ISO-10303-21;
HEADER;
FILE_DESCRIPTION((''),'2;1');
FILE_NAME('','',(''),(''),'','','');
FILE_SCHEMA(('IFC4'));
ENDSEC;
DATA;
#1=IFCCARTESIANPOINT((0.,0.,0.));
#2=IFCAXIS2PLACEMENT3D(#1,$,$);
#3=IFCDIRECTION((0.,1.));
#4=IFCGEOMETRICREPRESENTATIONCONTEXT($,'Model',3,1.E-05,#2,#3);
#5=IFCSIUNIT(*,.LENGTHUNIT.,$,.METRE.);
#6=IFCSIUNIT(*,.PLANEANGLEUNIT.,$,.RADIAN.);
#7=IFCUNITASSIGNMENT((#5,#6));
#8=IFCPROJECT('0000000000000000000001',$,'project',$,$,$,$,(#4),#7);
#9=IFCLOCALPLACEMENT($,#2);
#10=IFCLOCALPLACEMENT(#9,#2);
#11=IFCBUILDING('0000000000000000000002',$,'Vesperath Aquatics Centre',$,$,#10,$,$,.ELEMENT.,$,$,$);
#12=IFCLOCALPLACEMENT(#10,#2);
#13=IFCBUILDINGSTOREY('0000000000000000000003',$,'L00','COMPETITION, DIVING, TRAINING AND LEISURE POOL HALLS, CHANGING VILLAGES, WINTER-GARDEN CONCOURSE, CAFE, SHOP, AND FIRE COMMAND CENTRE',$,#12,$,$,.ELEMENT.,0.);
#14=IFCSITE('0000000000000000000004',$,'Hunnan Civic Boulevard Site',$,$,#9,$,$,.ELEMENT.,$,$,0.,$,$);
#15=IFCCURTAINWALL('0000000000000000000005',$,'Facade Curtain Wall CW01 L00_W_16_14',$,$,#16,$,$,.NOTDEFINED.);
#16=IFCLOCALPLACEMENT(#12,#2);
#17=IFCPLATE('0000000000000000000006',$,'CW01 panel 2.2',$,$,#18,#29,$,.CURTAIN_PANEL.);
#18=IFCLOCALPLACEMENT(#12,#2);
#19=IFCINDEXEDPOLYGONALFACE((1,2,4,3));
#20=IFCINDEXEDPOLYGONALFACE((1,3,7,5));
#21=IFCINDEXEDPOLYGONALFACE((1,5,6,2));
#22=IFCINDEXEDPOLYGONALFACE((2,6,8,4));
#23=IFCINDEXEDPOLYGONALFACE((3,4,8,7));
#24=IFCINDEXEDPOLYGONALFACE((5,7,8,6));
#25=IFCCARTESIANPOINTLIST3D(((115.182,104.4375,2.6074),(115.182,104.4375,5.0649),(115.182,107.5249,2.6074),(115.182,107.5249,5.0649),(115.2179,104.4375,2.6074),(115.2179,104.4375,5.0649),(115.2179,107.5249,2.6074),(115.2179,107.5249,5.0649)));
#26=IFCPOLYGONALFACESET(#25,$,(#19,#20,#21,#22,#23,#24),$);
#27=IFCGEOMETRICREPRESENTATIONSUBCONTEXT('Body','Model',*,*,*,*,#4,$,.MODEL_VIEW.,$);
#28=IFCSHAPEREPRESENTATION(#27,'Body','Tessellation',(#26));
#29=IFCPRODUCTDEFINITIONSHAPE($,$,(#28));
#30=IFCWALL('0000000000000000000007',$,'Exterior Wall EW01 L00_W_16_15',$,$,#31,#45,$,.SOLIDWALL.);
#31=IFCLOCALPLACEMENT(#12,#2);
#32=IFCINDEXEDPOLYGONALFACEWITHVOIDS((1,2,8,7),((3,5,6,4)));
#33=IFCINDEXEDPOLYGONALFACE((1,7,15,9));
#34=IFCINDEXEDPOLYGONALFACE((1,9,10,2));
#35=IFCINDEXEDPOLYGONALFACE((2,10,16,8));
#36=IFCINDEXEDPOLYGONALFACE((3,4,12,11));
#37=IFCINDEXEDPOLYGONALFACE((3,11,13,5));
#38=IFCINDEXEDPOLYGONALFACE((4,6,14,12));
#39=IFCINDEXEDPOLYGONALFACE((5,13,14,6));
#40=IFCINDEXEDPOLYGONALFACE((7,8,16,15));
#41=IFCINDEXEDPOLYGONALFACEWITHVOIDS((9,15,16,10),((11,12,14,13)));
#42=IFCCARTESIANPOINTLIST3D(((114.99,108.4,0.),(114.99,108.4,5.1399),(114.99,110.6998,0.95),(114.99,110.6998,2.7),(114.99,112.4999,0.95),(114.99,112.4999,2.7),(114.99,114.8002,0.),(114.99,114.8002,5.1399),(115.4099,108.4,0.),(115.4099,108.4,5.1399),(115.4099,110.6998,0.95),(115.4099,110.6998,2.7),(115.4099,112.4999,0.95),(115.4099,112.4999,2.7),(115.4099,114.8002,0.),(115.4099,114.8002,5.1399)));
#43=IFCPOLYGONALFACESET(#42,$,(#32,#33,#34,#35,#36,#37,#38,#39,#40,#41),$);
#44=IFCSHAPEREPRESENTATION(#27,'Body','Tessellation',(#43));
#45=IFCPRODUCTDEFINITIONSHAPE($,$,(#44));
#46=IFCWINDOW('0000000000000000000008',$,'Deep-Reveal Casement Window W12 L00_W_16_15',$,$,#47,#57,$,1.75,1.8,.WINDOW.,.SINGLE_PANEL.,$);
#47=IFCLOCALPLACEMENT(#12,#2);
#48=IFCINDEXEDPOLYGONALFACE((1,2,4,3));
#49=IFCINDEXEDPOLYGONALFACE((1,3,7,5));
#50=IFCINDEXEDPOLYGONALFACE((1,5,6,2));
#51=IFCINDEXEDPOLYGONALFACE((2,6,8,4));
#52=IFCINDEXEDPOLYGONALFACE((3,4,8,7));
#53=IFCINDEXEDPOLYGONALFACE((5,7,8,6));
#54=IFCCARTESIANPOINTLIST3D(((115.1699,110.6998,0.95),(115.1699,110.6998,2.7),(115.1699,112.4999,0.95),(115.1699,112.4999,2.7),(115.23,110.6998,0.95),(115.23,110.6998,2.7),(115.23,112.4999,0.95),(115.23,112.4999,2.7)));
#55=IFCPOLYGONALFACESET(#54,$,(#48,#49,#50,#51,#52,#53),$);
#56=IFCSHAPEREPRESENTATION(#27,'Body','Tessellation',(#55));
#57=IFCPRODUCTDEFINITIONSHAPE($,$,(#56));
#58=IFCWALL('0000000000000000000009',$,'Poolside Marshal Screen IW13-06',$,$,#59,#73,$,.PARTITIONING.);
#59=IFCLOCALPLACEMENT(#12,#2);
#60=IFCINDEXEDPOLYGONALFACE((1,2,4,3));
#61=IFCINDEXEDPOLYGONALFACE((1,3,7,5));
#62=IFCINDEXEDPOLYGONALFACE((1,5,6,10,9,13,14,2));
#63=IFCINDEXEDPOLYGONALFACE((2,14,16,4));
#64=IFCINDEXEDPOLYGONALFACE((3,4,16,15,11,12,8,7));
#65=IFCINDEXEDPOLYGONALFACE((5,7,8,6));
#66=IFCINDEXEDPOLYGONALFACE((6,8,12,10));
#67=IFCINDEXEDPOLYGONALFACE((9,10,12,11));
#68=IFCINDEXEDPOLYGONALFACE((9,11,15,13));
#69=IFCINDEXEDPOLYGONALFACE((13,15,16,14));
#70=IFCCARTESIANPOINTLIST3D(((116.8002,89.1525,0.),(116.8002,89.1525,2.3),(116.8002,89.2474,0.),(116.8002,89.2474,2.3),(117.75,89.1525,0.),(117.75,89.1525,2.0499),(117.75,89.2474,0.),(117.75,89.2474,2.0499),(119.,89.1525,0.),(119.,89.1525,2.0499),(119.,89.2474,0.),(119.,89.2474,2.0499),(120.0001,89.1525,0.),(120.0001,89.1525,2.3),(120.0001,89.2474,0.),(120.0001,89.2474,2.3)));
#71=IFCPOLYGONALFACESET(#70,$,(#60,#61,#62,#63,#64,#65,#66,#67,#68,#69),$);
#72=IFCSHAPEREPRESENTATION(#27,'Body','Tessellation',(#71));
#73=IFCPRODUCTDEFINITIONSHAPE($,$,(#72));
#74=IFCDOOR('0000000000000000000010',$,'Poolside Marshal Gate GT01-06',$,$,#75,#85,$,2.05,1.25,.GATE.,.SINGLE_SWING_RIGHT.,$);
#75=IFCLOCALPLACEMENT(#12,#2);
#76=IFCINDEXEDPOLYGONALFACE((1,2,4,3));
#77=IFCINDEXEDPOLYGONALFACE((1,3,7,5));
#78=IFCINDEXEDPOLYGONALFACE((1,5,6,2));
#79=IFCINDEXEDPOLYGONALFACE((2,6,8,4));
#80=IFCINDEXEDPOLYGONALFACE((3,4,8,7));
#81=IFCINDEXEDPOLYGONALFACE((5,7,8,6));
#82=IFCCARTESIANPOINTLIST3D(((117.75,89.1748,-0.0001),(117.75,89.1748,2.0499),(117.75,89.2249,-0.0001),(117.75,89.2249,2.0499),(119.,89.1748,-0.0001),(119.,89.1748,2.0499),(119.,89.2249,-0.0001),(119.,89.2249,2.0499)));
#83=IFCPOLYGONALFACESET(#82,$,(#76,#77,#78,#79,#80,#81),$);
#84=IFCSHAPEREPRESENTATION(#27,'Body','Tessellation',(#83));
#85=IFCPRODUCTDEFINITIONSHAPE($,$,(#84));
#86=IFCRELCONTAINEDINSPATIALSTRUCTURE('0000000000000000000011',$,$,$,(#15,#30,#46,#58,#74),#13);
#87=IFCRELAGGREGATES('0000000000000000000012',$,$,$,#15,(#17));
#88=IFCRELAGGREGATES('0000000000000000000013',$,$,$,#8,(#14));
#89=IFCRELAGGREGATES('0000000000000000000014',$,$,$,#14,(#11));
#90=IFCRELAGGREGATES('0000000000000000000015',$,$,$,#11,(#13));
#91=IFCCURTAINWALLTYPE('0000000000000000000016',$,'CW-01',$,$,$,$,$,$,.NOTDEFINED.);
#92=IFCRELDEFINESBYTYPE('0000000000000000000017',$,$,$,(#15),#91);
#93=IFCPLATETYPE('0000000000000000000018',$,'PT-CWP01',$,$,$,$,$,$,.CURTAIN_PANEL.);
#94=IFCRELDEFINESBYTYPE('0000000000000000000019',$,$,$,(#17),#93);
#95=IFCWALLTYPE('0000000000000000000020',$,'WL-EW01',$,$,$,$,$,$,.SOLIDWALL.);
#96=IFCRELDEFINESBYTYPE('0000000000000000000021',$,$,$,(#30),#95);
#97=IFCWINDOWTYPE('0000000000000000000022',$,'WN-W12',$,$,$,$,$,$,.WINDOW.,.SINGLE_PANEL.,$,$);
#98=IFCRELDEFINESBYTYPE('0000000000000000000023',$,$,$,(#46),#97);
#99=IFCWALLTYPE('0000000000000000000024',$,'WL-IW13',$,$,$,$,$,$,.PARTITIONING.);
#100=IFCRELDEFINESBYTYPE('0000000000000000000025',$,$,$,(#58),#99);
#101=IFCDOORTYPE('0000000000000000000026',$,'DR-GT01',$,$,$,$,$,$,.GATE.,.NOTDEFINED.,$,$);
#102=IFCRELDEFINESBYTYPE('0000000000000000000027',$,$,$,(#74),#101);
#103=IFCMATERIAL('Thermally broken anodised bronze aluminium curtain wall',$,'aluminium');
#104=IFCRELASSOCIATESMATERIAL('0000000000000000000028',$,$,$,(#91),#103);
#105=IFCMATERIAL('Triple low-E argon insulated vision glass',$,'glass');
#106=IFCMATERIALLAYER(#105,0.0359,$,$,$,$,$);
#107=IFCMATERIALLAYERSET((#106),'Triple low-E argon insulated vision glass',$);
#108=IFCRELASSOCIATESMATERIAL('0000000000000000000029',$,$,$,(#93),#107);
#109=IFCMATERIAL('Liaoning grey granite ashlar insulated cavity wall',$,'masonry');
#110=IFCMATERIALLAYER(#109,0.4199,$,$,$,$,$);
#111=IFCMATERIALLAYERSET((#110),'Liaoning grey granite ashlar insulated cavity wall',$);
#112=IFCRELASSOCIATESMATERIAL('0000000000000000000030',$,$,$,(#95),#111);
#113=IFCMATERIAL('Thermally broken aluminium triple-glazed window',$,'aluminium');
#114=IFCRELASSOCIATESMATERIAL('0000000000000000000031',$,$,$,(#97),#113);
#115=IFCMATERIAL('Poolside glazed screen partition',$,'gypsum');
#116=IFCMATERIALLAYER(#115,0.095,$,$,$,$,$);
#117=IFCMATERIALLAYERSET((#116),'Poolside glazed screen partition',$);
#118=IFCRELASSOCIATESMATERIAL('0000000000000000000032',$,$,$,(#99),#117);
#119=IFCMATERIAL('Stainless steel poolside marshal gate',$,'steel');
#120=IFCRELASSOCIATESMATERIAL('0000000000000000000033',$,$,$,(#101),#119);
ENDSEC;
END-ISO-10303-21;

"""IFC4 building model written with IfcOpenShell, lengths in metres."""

from ifc_helpers import new_model, si_unit, direction, frame, frame_2d, origin, origin_2d, place, context, subcontext, project, spatial, rectangle, extrude, material, layer, layer_set, type_object, element, fill, aggregate, save


model = new_model("IFC4")

# Units and contexts
model_context = context("Model", 3, precision=1e-05, world=origin(), true_north=direction((0.0, 1.0)))
body_context = subcontext(model_context, "Body", "Model", "MODEL_VIEW")
ifc_project = project(units=[si_unit("LENGTHUNIT", "METRE"), si_unit("PLANEANGLEUNIT", "RADIAN")], contexts=[model_context])

# Site, building, storey
site_placement = place(None, origin())
site = spatial("IfcSite", under=ifc_project, at=site_placement, Name="Hunnan Civic Boulevard Site", CompositionType="ELEMENT", RefElevation=0.0)
building_placement = place(site_placement, origin())
building = spatial("IfcBuilding", under=site, at=building_placement, Name="Vesperath Aquatics Centre", CompositionType="ELEMENT")
storey_placement = place(building_placement, origin())
storey = spatial("IfcBuildingStorey", under=building, at=storey_placement, Name="L00", Description="COMPETITION, DIVING, TRAINING AND LEISURE POOL HALLS, CHANGING VILLAGES, WINTER-GARDEN CONCOURSE, CAFE, SHOP, AND FIRE COMMAND CENTRE", CompositionType="ELEMENT", Elevation=0.0)

# Shared definitions
ifc_material_1 = material(Name="Thermally broken anodised bronze aluminium curtain wall", Category="aluminium")
curtain_wall_type = type_object("IfcCurtainWallType", Name="CW-01", PredefinedType="NOTDEFINED", material=ifc_material_1)

# Curtain wall
curtain_wall_1_placement = place(storey_placement, origin())
curtain_wall_1 = element("IfcCurtainWall", 1, at=curtain_wall_1_placement, inside=storey, type_object=curtain_wall_type, Name="Facade Curtain Wall CW01 L00_W_16_14", PredefinedType="NOTDEFINED")

# Plate
ifc_material_2 = material(Name="Triple low-E argon insulated vision glass", Category="glass")
ifc_layer_1 = layer(ifc_material_2, 0.0359)
ifc_layer_set_1 = layer_set([ifc_layer_1], Name="Triple low-E argon insulated vision glass")
plate_type = type_object("IfcPlateType", Name="PT-CWP01", PredefinedType="CURTAIN_PANEL", material=ifc_layer_set_1)
plate_1_placement = place(storey_placement, frame((115.2, 105.9812, 2.6074), z_axis=(0.0, 0.0, 1.0), x_axis=(0.0, 1.0, 0.0)))
plate_1 = element("IfcPlate", 2, at=plate_1_placement, type_object=plate_type, Name="CW01 panel 2.2", PredefinedType="CURTAIN_PANEL", context=body_context, shape_type="SweptSolid", body=[
    extrude(rectangle(XDim=3.0874, YDim=0.0359, at=origin_2d()), origin(), (0.0, 0.0, 1.0), 2.4575),
])
aggregate(curtain_wall_1, [plate_1])

# Wall, opening, window
ifc_material_3 = material(Name="Liaoning grey granite ashlar insulated cavity wall", Category="masonry")
ifc_layer_2 = layer(ifc_material_3, 0.4199)
ifc_layer_set_2 = layer_set([ifc_layer_2], Name="Liaoning grey granite ashlar insulated cavity wall")
wall_type_1 = type_object("IfcWallType", Name="WL-EW01", PredefinedType="SOLIDWALL", material=ifc_layer_set_2)
wall_1_placement = place(storey_placement, frame((115.2, 108.3999, 0.0), z_axis=(0.0, 0.0, 1.0), x_axis=(0.0, 1.0, 0.0)))
wall_1 = element("IfcWall", 3, at=wall_1_placement, inside=storey, type_object=wall_type_1, Name="Exterior Wall EW01 L00_W_16_15", PredefinedType="SOLIDWALL", context=body_context, shape_type="SweptSolid", body=[
    extrude(rectangle(XDim=6.4001, YDim=0.4199, at=frame_2d((3.2002, 0.0))), origin(), (0.0, 0.0, 1.0), 5.1399),
])
opening_1_placement = place(wall_1_placement, frame((2.3, 0.0, 0.95)))
opening_1 = element("IfcOpeningElement", 4, at=opening_1_placement, cuts=wall_1, PredefinedType="OPENING", context=body_context, shape_type="SweptSolid", body=[
    extrude(rectangle(XDim=1.8, YDim=1.75, at=frame_2d((0.8999, 0.875))), frame((0.0, 0.2249, 0.0), z_axis=(0.0, -1.0, 0.0), x_axis=(1.0, 0.0, 0.0)), (0.0, 0.0, 1.0), 0.4497),
])
ifc_material_4 = material(Name="Thermally broken aluminium triple-glazed window", Category="aluminium")
window_type = type_object("IfcWindowType", Name="WN-W12", PartitioningType="SINGLE_PANEL", PredefinedType="WINDOW", material=ifc_material_4)
window_placement = place(opening_1_placement, origin())
window = element("IfcWindow", 5, at=window_placement, inside=storey, type_object=window_type, Name="Deep-Reveal Casement Window W12 L00_W_16_15", OverallHeight=1.75, OverallWidth=1.8, PartitioningType="SINGLE_PANEL", PredefinedType="WINDOW", context=body_context, shape_type="SweptSolid", body=[
    extrude(rectangle(XDim=1.8, YDim=1.75, at=frame_2d((0.8999, 0.875))), frame((0.0, 0.03, 0.0), z_axis=(0.0, -1.0, 0.0), x_axis=(1.0, 0.0, 0.0)), (0.0, 0.0, 1.0), 0.0601),
])
fill(opening_1, window)

# Wall, opening, door
ifc_material_5 = material(Name="Poolside glazed screen partition", Category="gypsum")
ifc_layer_3 = layer(ifc_material_5, 0.095)
ifc_layer_set_3 = layer_set([ifc_layer_3], Name="Poolside glazed screen partition")
wall_type_2 = type_object("IfcWallType", Name="WL-IW13", PredefinedType="PARTITIONING", material=ifc_layer_set_3)
wall_2_placement = place(storey_placement, frame((116.8, 89.2, 0.0), z_axis=(0.0, 0.0, 1.0), x_axis=(1.0, 0.0, 0.0)))
wall_2 = element("IfcWall", 6, at=wall_2_placement, inside=storey, type_object=wall_type_2, Name="Poolside Marshal Screen IW13-06", PredefinedType="PARTITIONING", context=body_context, shape_type="SweptSolid", body=[
    extrude(rectangle(XDim=3.2, YDim=0.095, at=frame_2d((1.6001, 0.0))), origin(), (0.0, 0.0, 1.0), 2.3),
])
opening_2_placement = place(wall_2_placement, frame((0.95, 0.0, 0.0)))
opening_2 = element("IfcOpeningElement", 7, at=opening_2_placement, cuts=wall_2, PredefinedType="OPENING", context=body_context, shape_type="SweptSolid", body=[
    extrude(rectangle(XDim=1.25, YDim=2.05, at=frame_2d((0.625, 1.0249))), frame((0.0, 0.0625, 0.0), z_axis=(0.0, -1.0, 0.0), x_axis=(1.0, 0.0, 0.0)), (0.0, 0.0, 1.0), 0.1248),
])
ifc_material_6 = material(Name="Stainless steel poolside marshal gate", Category="steel")
door_type = type_object("IfcDoorType", Name="DR-GT01", OperationType="NOTDEFINED", PredefinedType="GATE", material=ifc_material_6)
door_placement = place(opening_2_placement, origin())
door = element("IfcDoor", 8, at=door_placement, inside=storey, type_object=door_type, Name="Poolside Marshal Gate GT01-06", OperationType="SINGLE_SWING_RIGHT", OverallHeight=2.05, OverallWidth=1.25, PredefinedType="GATE", context=body_context, shape_type="SweptSolid", body=[
    extrude(rectangle(XDim=1.25, YDim=2.05, at=frame_2d((0.625, 1.0249))), frame((0.0, 0.0249, 0.0), z_axis=(0.0, -1.0, 0.0), x_axis=(1.0, 0.0, 0.0)), (0.0, 0.0, 1.0), 0.05),
])
fill(opening_2, door)

save(model, "model.ifc")
